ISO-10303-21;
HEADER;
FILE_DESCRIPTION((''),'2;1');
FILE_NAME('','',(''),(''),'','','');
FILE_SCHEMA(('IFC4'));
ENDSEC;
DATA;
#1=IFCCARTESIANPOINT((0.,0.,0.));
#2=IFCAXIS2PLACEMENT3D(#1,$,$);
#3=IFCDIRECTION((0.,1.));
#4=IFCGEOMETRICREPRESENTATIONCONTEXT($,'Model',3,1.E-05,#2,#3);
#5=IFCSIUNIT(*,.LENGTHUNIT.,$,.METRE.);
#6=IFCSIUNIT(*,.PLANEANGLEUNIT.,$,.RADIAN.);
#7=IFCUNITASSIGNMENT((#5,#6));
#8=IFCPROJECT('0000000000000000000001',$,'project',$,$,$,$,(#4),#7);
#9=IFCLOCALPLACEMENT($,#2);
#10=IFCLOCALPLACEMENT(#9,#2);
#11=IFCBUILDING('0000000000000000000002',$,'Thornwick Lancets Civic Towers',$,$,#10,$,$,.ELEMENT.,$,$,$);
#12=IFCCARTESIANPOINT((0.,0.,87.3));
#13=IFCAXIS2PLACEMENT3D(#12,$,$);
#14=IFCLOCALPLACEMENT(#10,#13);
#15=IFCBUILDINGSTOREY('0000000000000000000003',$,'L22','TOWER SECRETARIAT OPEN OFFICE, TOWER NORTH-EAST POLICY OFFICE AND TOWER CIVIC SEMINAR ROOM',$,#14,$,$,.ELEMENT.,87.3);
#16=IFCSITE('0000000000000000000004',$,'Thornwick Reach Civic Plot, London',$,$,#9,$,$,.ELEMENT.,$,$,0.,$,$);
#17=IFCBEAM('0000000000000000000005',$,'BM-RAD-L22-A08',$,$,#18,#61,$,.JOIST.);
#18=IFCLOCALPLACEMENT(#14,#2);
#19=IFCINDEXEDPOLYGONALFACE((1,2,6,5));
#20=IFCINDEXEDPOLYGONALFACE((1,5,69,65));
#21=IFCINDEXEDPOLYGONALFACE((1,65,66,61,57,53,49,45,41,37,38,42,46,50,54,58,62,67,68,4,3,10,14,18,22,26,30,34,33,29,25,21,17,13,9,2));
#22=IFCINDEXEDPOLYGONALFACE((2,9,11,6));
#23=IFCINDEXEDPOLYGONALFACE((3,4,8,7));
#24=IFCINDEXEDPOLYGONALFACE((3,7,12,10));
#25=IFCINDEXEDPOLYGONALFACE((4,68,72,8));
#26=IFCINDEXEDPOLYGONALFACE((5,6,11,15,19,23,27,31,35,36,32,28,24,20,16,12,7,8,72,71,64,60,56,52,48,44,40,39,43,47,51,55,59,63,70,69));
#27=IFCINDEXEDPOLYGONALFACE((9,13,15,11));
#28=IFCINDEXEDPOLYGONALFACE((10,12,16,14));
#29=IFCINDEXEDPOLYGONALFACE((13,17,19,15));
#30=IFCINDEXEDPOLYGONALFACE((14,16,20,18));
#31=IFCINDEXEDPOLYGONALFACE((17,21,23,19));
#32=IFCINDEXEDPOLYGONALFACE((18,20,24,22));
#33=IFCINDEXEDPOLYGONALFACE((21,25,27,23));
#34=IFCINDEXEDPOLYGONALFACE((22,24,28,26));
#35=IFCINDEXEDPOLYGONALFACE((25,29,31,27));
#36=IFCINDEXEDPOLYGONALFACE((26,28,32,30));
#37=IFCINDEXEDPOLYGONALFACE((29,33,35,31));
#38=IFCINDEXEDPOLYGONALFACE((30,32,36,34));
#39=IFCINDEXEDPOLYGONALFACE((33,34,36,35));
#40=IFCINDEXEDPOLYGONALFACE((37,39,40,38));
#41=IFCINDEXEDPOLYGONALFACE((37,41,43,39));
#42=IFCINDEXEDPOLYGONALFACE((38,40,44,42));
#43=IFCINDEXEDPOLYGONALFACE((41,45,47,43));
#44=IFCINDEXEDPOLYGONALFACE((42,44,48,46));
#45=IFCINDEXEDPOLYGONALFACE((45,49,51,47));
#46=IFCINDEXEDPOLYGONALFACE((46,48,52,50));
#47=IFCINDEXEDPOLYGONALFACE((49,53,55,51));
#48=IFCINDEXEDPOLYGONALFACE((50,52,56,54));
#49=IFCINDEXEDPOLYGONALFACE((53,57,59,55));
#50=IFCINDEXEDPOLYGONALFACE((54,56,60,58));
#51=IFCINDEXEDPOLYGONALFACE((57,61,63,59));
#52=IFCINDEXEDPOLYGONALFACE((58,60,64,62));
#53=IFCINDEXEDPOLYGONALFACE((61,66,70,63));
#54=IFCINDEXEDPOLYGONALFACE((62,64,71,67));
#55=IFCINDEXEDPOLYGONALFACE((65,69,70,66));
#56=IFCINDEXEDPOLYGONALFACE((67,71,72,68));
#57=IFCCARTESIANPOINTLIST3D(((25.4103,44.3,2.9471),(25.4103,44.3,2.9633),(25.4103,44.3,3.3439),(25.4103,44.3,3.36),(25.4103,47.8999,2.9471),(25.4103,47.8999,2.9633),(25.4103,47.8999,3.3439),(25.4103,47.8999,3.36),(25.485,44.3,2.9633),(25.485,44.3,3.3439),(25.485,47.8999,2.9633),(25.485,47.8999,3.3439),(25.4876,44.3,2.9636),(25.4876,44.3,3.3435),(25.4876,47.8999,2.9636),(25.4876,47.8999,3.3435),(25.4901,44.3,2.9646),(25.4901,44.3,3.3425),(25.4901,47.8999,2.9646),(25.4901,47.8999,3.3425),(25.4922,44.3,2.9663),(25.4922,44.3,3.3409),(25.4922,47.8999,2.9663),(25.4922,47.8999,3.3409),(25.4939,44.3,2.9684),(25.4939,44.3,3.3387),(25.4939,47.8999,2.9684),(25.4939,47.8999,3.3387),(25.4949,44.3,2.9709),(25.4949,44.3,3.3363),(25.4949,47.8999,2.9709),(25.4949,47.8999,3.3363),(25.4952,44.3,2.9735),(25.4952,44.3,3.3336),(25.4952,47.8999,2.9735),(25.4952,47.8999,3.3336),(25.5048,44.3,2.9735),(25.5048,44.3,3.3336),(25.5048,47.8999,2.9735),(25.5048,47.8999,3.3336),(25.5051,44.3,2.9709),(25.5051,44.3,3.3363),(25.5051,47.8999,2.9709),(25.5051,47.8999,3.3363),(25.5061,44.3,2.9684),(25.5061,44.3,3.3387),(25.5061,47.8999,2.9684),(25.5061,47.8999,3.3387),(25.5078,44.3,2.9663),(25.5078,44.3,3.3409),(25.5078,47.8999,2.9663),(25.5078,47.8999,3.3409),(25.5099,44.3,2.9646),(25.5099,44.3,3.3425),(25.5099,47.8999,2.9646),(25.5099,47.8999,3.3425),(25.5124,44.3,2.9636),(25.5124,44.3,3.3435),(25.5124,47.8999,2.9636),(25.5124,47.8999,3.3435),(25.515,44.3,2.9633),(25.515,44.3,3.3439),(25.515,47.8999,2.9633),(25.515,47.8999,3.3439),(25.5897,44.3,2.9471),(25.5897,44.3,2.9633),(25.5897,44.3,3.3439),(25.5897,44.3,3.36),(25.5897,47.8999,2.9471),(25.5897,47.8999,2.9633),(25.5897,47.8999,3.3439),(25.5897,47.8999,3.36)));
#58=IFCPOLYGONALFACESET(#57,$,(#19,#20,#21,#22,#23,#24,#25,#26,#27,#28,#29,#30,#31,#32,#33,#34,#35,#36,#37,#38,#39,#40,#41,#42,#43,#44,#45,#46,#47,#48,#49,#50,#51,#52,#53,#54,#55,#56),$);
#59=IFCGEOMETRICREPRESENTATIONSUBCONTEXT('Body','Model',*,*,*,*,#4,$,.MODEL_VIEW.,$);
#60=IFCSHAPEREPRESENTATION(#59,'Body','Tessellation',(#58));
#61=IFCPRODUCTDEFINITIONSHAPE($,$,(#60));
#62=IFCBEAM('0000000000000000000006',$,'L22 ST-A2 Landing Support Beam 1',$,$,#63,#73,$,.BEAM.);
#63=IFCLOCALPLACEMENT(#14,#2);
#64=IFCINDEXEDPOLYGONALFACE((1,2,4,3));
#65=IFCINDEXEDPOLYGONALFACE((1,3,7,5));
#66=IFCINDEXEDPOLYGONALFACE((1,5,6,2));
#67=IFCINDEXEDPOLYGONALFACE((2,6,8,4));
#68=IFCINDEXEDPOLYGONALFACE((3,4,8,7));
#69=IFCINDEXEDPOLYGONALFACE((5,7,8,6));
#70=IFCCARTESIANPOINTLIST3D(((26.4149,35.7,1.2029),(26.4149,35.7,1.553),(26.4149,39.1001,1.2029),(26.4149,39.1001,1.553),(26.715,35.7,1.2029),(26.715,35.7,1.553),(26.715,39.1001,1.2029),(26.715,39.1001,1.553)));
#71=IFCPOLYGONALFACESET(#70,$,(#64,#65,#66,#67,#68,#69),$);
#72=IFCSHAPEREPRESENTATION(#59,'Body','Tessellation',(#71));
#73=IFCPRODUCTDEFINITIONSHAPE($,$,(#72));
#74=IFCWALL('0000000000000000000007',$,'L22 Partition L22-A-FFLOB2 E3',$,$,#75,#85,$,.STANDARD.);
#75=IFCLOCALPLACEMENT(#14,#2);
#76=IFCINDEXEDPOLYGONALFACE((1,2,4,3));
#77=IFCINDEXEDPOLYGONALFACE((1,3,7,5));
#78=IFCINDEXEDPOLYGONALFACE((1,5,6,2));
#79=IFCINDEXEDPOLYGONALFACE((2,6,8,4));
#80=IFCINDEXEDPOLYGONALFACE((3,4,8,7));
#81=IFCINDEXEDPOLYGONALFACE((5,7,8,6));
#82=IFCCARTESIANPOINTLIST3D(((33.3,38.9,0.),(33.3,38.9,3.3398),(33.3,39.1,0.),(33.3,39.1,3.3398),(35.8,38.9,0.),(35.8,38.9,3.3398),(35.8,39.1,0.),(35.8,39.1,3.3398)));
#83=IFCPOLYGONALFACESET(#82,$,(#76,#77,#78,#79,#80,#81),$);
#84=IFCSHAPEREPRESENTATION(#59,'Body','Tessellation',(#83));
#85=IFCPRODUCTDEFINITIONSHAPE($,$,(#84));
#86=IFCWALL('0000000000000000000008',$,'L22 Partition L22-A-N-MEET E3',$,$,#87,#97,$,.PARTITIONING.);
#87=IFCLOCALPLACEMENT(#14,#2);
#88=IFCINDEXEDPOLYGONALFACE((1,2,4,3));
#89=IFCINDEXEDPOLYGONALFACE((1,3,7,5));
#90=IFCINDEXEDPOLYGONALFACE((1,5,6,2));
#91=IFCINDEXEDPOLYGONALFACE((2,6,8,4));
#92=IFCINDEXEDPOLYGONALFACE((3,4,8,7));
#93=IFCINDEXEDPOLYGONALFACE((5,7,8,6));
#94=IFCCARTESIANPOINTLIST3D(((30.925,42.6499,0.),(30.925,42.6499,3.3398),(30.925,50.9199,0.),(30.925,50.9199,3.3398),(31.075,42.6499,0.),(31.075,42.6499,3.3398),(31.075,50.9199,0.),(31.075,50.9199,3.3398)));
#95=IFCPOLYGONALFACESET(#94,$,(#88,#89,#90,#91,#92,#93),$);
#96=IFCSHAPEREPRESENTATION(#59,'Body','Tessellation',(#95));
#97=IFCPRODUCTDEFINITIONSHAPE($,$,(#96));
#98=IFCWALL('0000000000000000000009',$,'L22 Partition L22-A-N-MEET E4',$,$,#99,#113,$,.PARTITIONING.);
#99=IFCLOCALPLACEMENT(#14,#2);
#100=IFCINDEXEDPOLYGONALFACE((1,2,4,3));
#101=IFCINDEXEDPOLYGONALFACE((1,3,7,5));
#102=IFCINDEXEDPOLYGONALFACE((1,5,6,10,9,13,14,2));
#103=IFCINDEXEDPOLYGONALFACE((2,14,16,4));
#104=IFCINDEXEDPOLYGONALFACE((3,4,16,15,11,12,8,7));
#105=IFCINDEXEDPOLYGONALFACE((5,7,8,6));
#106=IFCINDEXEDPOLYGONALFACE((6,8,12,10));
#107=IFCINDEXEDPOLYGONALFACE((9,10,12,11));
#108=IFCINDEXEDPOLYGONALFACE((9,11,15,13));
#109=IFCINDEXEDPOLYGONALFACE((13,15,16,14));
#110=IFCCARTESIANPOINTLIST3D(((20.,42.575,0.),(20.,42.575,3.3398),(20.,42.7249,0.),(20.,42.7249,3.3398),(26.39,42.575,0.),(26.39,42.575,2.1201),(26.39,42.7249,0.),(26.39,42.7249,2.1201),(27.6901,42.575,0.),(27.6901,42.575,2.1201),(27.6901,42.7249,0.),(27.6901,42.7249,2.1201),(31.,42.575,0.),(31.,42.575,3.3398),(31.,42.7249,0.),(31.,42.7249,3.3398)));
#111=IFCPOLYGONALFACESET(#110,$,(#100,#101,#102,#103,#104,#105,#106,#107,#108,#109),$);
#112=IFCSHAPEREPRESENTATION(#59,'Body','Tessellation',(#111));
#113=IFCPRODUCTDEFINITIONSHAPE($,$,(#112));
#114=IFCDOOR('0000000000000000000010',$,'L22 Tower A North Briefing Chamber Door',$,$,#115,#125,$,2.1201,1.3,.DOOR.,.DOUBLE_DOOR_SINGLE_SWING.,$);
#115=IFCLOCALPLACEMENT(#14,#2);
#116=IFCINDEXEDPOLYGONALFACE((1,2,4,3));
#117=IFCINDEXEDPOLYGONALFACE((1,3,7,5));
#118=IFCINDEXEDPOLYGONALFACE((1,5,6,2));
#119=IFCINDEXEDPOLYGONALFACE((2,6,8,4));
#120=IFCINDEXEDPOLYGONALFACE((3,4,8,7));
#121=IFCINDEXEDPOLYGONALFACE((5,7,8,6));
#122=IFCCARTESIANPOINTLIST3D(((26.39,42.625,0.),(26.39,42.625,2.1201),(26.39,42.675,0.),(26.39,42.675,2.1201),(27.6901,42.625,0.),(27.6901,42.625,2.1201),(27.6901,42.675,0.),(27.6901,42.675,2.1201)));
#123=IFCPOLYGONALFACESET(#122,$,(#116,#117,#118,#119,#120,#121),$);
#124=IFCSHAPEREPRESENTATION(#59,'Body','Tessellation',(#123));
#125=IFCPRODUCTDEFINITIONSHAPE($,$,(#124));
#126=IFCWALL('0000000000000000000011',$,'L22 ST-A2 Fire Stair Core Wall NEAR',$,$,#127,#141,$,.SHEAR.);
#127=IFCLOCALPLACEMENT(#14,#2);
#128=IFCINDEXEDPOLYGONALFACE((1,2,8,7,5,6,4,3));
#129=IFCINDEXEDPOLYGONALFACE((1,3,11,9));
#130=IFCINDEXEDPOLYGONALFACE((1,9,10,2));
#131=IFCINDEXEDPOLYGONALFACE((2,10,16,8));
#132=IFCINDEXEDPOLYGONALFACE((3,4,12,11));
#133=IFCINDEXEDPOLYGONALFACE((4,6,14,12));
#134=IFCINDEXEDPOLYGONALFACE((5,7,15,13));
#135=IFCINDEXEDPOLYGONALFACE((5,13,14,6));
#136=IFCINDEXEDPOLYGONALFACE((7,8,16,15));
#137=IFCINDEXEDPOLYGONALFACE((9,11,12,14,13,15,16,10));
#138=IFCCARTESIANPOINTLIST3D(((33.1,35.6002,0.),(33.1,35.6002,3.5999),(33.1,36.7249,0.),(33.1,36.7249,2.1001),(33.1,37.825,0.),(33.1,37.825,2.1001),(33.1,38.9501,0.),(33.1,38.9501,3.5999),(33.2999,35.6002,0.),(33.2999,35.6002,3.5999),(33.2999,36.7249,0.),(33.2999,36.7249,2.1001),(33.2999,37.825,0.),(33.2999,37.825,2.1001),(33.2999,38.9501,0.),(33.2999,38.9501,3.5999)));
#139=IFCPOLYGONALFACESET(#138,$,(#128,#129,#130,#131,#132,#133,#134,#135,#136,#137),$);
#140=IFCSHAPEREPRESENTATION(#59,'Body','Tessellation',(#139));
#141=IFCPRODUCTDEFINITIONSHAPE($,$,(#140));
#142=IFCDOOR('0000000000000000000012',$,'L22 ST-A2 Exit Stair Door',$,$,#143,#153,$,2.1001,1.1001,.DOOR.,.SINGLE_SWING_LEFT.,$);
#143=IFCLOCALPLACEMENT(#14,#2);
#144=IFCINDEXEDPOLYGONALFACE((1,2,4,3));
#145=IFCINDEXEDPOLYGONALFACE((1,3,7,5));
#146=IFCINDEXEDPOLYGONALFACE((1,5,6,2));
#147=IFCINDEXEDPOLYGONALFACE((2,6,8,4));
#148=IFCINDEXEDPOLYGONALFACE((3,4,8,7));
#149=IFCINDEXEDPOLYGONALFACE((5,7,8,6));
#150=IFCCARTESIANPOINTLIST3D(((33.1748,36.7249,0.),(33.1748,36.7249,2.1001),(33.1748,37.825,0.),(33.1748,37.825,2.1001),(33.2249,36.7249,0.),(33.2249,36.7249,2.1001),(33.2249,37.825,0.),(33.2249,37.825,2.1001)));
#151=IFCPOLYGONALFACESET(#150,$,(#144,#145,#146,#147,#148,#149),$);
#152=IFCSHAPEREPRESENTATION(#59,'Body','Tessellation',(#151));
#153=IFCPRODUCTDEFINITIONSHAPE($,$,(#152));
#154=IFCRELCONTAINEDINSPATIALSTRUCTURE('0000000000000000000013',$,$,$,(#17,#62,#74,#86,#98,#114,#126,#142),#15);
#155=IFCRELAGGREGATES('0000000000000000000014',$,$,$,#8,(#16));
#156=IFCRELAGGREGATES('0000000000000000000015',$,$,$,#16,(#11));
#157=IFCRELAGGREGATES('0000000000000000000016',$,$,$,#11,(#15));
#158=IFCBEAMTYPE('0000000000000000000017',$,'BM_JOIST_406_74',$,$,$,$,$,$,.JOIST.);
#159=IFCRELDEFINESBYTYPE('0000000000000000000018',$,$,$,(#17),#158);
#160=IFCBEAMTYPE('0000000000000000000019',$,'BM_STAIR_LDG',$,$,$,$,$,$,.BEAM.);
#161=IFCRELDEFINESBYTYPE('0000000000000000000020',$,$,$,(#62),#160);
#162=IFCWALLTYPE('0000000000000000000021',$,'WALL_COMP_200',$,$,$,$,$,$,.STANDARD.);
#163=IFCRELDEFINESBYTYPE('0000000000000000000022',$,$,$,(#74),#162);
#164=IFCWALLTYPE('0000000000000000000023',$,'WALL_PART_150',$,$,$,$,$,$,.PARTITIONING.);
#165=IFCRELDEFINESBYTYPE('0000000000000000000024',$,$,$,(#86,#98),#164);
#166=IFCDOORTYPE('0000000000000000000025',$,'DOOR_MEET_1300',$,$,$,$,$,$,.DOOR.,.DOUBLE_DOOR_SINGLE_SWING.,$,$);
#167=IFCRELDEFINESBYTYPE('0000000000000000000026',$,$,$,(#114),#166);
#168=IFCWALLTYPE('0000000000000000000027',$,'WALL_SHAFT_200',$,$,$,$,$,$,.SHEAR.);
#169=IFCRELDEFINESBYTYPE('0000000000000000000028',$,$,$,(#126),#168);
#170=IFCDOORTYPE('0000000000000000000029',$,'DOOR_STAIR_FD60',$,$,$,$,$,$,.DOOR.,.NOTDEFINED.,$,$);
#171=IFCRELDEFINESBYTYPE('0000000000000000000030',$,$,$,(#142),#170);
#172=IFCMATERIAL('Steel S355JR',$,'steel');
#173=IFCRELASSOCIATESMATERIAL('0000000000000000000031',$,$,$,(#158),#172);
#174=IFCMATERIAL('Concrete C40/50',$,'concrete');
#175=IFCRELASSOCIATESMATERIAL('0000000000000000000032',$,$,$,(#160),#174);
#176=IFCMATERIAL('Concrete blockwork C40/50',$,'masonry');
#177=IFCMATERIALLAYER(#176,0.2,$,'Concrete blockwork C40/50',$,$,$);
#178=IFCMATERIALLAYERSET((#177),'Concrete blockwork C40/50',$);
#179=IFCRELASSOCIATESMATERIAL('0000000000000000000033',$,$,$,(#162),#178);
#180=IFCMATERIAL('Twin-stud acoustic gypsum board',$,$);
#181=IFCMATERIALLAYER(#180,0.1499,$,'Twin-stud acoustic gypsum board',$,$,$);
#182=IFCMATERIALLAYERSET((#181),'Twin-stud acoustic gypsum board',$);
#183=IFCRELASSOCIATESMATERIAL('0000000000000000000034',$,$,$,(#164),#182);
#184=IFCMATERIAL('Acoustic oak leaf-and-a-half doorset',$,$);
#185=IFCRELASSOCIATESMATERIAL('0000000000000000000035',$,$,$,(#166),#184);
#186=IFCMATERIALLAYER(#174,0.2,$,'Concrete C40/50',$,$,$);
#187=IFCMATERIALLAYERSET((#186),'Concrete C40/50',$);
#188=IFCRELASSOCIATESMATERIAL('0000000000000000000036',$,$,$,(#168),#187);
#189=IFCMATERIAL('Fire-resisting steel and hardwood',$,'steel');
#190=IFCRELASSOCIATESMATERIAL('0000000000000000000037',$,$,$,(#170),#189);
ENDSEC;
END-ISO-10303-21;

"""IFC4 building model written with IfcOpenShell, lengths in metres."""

from ifc_helpers import new_model, si_unit, direction, frame, frame_2d, origin, origin_2d, place, context, subcontext, project, spatial, rectangle, i_section, extrude, material, layer, layer_set, material_profile, profile_set, type_object, element, fill, save


model = new_model("IFC4")

# Units and contexts
model_context = context("Model", 3, precision=1e-05, world=origin(), true_north=direction((0.0, 1.0)))
body_context = subcontext(model_context, "Body", "Model", "MODEL_VIEW")
ifc_project = project(units=[si_unit("LENGTHUNIT", "METRE"), si_unit("PLANEANGLEUNIT", "RADIAN")], contexts=[model_context])

# Site, building, storey
site_placement = place(None, origin())
site = spatial("IfcSite", under=ifc_project, at=site_placement, Name="Thornwick Reach Civic Plot, London", CompositionType="ELEMENT", RefElevation=0.0)
building_placement = place(site_placement, origin())
building = spatial("IfcBuilding", under=site, at=building_placement, Name="Thornwick Lancets Civic Towers", CompositionType="ELEMENT")
storey_placement = place(building_placement, frame((0.0, 0.0, 87.3)))
storey = spatial("IfcBuildingStorey", under=building, at=storey_placement, Name="L22", Description="TOWER SECRETARIAT OPEN OFFICE, TOWER NORTH-EAST POLICY OFFICE AND TOWER CIVIC SEMINAR ROOM", CompositionType="ELEMENT", Elevation=87.3)

# Beams
ifc_material_1 = material(Name="Steel S355JR", Category="steel")
ifc_material_profile_1 = material_profile(ifc_material_1, i_section(OverallWidth=0.1794, OverallDepth=0.4128, WebThickness=0.0095, FlangeThickness=0.0161, FilletRadius=0.0103, at=origin_2d()), Name="UKB 406x178x74")
ifc_profile_set_1 = profile_set([ifc_material_profile_1], Name="Steel S355JR")
beam_type_1 = type_object("IfcBeamType", Name="BM_JOIST_406_74", PredefinedType="JOIST", material=ifc_profile_set_1)
beam_1_placement = place(storey_placement, frame((25.5, 44.3, 3.1536), z_axis=(0.0, 1.0, 0.0), x_axis=(-1.0, 0.0, 0.0)))
element("IfcBeam", 1, at=beam_1_placement, inside=storey, type_object=beam_type_1, Name="BM-RAD-L22-A08", PredefinedType="JOIST", context=body_context, shape_type="SweptSolid", body=[
    extrude(i_section(OverallWidth=0.1794, OverallDepth=0.4128, WebThickness=0.0095, FlangeThickness=0.0161, FilletRadius=0.0103, at=origin_2d()), origin(), (0.0, 0.0, 1.0), 3.5999),
])
ifc_material_2 = material(Name="Concrete C40/50", Category="concrete")
ifc_material_profile_2 = material_profile(ifc_material_2, rectangle(XDim=0.3, YDim=0.3501, at=origin_2d()), Name="RC 300x350")
ifc_profile_set_2 = profile_set([ifc_material_profile_2], Name="Concrete C40/50")
beam_type_2 = type_object("IfcBeamType", Name="BM_STAIR_LDG", PredefinedType="BEAM", material=ifc_profile_set_2)
beam_2_placement = place(storey_placement, frame((26.5649, 39.1001, 1.3779), z_axis=(0.0, -1.0, 0.0), x_axis=(1.0, 0.0, 0.0)))
element("IfcBeam", 2, at=beam_2_placement, inside=storey, type_object=beam_type_2, Name="L22 ST-A2 Landing Support Beam 1", PredefinedType="BEAM", context=body_context, shape_type="SweptSolid", body=[
    extrude(rectangle(XDim=0.3, YDim=0.3501, at=origin_2d()), origin(), (0.0, 0.0, 1.0), 3.4001),
])

# Walls
ifc_material_3 = material(Name="Concrete blockwork C40/50", Category="masonry")
ifc_layer_1 = layer(ifc_material_3, 0.2, Name="Concrete blockwork C40/50")
ifc_layer_set_1 = layer_set([ifc_layer_1], Name="Concrete blockwork C40/50")
wall_type_1 = type_object("IfcWallType", Name="WALL_COMP_200", PredefinedType="STANDARD", material=ifc_layer_set_1)
wall_1_placement = place(storey_placement, frame((35.8, 39.0, 0.0), z_axis=(0.0, 0.0, 1.0), x_axis=(-1.0, 0.0, 0.0)))
element("IfcWall", 3, at=wall_1_placement, inside=storey, type_object=wall_type_1, Name="L22 Partition L22-A-FFLOB2 E3", PredefinedType="STANDARD", context=body_context, shape_type="SweptSolid", body=[
    extrude(rectangle(XDim=2.5, YDim=0.2, at=frame_2d((1.25, 0.0))), origin(), (0.0, 0.0, 1.0), 3.3398),
])
ifc_material_4 = material(Name="Twin-stud acoustic gypsum board")
ifc_layer_2 = layer(ifc_material_4, 0.1499, Name="Twin-stud acoustic gypsum board")
ifc_layer_set_2 = layer_set([ifc_layer_2], Name="Twin-stud acoustic gypsum board")
wall_type_2 = type_object("IfcWallType", Name="WALL_PART_150", PredefinedType="PARTITIONING", material=ifc_layer_set_2)
wall_2_placement = place(storey_placement, frame((31.0, 50.9199, 0.0), z_axis=(0.0, 0.0, 1.0), x_axis=(0.0, -1.0, 0.0)))
element("IfcWall", 4, at=wall_2_placement, inside=storey, type_object=wall_type_2, Name="L22 Partition L22-A-N-MEET E3", PredefinedType="PARTITIONING", context=body_context, shape_type="SweptSolid", body=[
    extrude(rectangle(XDim=8.27, YDim=0.1499, at=frame_2d((4.135, 0.0))), origin(), (0.0, 0.0, 1.0), 3.3398),
])

# Walls, openings, doors
wall_3_placement = place(storey_placement, frame((31.0, 42.6499, 0.0), z_axis=(0.0, 0.0, 1.0), x_axis=(-1.0, 0.0, 0.0)))
wall_3 = element("IfcWall", 5, at=wall_3_placement, inside=storey, type_object=wall_type_2, Name="L22 Partition L22-A-N-MEET E4", PredefinedType="PARTITIONING", context=body_context, shape_type="SweptSolid", body=[
    extrude(rectangle(XDim=11.0, YDim=0.1499, at=frame_2d((5.5, 0.0))), origin(), (0.0, 0.0, 1.0), 3.3398),
])
opening_1_placement = place(wall_3_placement, frame((3.3101, 0.0, 0.0)))
opening_1 = element("IfcOpeningElement", 6, at=opening_1_placement, cuts=wall_3, PredefinedType="OPENING", context=body_context, shape_type="SweptSolid", body=[
    extrude(rectangle(XDim=1.3, YDim=2.1201, at=frame_2d((0.6499, 1.0601))), frame((0.0, 0.085, 0.0), z_axis=(0.0, -1.0, 0.0), x_axis=(1.0, 0.0, 0.0)), (0.0, 0.0, 1.0), 0.1699),
])
ifc_material_5 = material(Name="Acoustic oak leaf-and-a-half doorset")
door_type_1 = type_object("IfcDoorType", Name="DOOR_MEET_1300", OperationType="DOUBLE_DOOR_SINGLE_SWING", PredefinedType="DOOR", material=ifc_material_5)
door_1_placement = place(opening_1_placement, origin())
door_1 = element("IfcDoor", 7, at=door_1_placement, inside=storey, type_object=door_type_1, Name="L22 Tower A North Briefing Chamber Door", OperationType="DOUBLE_DOOR_SINGLE_SWING", OverallHeight=2.1201, OverallWidth=1.3, PredefinedType="DOOR", context=body_context, shape_type="SweptSolid", body=[
    extrude(rectangle(XDim=1.3, YDim=2.1201, at=frame_2d((0.6499, 1.0601))), frame((0.0, 0.0249, 0.0), z_axis=(0.0, -1.0, 0.0), x_axis=(1.0, 0.0, 0.0)), (0.0, 0.0, 1.0), 0.05),
])
fill(opening_1, door_1)
ifc_layer_3 = layer(ifc_material_2, 0.2, Name="Concrete C40/50")
ifc_layer_set_3 = layer_set([ifc_layer_3], Name="Concrete C40/50")
wall_type_3 = type_object("IfcWallType", Name="WALL_SHAFT_200", PredefinedType="SHEAR", material=ifc_layer_set_3)
wall_4_placement = place(storey_placement, frame((33.2, 38.95, 0.0), z_axis=(0.0, 0.0, 1.0), x_axis=(0.0, -1.0, 0.0)))
wall_4 = element("IfcWall", 8, at=wall_4_placement, inside=storey, type_object=wall_type_3, Name="L22 ST-A2 Fire Stair Core Wall NEAR", PredefinedType="SHEAR", context=body_context, shape_type="SweptSolid", body=[
    extrude(rectangle(XDim=3.3499, YDim=0.2, at=frame_2d((1.6748, 0.0))), origin(), (0.0, 0.0, 1.0), 3.5999),
])
opening_2_placement = place(wall_4_placement, frame((1.125, 0.0, 0.0)))
opening_2 = element("IfcOpeningElement", 9, at=opening_2_placement, cuts=wall_4, PredefinedType="OPENING", context=body_context, shape_type="SweptSolid", body=[
    extrude(rectangle(XDim=1.1001, YDim=2.1001, at=frame_2d((0.55, 1.05))), frame((0.0, 0.1099, 0.0), z_axis=(0.0, -1.0, 0.0), x_axis=(1.0, 0.0, 0.0)), (0.0, 0.0, 1.0), 0.22),
])
ifc_material_6 = material(Name="Fire-resisting steel and hardwood", Category="steel")
door_type_2 = type_object("IfcDoorType", Name="DOOR_STAIR_FD60", OperationType="NOTDEFINED", PredefinedType="DOOR", material=ifc_material_6)
door_2_placement = place(opening_2_placement, origin())
door_2 = element("IfcDoor", 10, at=door_2_placement, inside=storey, type_object=door_type_2, Name="L22 ST-A2 Exit Stair Door", OperationType="SINGLE_SWING_LEFT", OverallHeight=2.1001, OverallWidth=1.1001, PredefinedType="DOOR", context=body_context, shape_type="SweptSolid", body=[
    extrude(rectangle(XDim=1.1001, YDim=2.1001, at=frame_2d((0.55, 1.05))), frame((0.0, 0.0249, 0.0), z_axis=(0.0, -1.0, 0.0), x_axis=(1.0, 0.0, 0.0)), (0.0, 0.0, 1.0), 0.05),
])
fill(opening_2, door_2)

save(model, "model.ifc")
